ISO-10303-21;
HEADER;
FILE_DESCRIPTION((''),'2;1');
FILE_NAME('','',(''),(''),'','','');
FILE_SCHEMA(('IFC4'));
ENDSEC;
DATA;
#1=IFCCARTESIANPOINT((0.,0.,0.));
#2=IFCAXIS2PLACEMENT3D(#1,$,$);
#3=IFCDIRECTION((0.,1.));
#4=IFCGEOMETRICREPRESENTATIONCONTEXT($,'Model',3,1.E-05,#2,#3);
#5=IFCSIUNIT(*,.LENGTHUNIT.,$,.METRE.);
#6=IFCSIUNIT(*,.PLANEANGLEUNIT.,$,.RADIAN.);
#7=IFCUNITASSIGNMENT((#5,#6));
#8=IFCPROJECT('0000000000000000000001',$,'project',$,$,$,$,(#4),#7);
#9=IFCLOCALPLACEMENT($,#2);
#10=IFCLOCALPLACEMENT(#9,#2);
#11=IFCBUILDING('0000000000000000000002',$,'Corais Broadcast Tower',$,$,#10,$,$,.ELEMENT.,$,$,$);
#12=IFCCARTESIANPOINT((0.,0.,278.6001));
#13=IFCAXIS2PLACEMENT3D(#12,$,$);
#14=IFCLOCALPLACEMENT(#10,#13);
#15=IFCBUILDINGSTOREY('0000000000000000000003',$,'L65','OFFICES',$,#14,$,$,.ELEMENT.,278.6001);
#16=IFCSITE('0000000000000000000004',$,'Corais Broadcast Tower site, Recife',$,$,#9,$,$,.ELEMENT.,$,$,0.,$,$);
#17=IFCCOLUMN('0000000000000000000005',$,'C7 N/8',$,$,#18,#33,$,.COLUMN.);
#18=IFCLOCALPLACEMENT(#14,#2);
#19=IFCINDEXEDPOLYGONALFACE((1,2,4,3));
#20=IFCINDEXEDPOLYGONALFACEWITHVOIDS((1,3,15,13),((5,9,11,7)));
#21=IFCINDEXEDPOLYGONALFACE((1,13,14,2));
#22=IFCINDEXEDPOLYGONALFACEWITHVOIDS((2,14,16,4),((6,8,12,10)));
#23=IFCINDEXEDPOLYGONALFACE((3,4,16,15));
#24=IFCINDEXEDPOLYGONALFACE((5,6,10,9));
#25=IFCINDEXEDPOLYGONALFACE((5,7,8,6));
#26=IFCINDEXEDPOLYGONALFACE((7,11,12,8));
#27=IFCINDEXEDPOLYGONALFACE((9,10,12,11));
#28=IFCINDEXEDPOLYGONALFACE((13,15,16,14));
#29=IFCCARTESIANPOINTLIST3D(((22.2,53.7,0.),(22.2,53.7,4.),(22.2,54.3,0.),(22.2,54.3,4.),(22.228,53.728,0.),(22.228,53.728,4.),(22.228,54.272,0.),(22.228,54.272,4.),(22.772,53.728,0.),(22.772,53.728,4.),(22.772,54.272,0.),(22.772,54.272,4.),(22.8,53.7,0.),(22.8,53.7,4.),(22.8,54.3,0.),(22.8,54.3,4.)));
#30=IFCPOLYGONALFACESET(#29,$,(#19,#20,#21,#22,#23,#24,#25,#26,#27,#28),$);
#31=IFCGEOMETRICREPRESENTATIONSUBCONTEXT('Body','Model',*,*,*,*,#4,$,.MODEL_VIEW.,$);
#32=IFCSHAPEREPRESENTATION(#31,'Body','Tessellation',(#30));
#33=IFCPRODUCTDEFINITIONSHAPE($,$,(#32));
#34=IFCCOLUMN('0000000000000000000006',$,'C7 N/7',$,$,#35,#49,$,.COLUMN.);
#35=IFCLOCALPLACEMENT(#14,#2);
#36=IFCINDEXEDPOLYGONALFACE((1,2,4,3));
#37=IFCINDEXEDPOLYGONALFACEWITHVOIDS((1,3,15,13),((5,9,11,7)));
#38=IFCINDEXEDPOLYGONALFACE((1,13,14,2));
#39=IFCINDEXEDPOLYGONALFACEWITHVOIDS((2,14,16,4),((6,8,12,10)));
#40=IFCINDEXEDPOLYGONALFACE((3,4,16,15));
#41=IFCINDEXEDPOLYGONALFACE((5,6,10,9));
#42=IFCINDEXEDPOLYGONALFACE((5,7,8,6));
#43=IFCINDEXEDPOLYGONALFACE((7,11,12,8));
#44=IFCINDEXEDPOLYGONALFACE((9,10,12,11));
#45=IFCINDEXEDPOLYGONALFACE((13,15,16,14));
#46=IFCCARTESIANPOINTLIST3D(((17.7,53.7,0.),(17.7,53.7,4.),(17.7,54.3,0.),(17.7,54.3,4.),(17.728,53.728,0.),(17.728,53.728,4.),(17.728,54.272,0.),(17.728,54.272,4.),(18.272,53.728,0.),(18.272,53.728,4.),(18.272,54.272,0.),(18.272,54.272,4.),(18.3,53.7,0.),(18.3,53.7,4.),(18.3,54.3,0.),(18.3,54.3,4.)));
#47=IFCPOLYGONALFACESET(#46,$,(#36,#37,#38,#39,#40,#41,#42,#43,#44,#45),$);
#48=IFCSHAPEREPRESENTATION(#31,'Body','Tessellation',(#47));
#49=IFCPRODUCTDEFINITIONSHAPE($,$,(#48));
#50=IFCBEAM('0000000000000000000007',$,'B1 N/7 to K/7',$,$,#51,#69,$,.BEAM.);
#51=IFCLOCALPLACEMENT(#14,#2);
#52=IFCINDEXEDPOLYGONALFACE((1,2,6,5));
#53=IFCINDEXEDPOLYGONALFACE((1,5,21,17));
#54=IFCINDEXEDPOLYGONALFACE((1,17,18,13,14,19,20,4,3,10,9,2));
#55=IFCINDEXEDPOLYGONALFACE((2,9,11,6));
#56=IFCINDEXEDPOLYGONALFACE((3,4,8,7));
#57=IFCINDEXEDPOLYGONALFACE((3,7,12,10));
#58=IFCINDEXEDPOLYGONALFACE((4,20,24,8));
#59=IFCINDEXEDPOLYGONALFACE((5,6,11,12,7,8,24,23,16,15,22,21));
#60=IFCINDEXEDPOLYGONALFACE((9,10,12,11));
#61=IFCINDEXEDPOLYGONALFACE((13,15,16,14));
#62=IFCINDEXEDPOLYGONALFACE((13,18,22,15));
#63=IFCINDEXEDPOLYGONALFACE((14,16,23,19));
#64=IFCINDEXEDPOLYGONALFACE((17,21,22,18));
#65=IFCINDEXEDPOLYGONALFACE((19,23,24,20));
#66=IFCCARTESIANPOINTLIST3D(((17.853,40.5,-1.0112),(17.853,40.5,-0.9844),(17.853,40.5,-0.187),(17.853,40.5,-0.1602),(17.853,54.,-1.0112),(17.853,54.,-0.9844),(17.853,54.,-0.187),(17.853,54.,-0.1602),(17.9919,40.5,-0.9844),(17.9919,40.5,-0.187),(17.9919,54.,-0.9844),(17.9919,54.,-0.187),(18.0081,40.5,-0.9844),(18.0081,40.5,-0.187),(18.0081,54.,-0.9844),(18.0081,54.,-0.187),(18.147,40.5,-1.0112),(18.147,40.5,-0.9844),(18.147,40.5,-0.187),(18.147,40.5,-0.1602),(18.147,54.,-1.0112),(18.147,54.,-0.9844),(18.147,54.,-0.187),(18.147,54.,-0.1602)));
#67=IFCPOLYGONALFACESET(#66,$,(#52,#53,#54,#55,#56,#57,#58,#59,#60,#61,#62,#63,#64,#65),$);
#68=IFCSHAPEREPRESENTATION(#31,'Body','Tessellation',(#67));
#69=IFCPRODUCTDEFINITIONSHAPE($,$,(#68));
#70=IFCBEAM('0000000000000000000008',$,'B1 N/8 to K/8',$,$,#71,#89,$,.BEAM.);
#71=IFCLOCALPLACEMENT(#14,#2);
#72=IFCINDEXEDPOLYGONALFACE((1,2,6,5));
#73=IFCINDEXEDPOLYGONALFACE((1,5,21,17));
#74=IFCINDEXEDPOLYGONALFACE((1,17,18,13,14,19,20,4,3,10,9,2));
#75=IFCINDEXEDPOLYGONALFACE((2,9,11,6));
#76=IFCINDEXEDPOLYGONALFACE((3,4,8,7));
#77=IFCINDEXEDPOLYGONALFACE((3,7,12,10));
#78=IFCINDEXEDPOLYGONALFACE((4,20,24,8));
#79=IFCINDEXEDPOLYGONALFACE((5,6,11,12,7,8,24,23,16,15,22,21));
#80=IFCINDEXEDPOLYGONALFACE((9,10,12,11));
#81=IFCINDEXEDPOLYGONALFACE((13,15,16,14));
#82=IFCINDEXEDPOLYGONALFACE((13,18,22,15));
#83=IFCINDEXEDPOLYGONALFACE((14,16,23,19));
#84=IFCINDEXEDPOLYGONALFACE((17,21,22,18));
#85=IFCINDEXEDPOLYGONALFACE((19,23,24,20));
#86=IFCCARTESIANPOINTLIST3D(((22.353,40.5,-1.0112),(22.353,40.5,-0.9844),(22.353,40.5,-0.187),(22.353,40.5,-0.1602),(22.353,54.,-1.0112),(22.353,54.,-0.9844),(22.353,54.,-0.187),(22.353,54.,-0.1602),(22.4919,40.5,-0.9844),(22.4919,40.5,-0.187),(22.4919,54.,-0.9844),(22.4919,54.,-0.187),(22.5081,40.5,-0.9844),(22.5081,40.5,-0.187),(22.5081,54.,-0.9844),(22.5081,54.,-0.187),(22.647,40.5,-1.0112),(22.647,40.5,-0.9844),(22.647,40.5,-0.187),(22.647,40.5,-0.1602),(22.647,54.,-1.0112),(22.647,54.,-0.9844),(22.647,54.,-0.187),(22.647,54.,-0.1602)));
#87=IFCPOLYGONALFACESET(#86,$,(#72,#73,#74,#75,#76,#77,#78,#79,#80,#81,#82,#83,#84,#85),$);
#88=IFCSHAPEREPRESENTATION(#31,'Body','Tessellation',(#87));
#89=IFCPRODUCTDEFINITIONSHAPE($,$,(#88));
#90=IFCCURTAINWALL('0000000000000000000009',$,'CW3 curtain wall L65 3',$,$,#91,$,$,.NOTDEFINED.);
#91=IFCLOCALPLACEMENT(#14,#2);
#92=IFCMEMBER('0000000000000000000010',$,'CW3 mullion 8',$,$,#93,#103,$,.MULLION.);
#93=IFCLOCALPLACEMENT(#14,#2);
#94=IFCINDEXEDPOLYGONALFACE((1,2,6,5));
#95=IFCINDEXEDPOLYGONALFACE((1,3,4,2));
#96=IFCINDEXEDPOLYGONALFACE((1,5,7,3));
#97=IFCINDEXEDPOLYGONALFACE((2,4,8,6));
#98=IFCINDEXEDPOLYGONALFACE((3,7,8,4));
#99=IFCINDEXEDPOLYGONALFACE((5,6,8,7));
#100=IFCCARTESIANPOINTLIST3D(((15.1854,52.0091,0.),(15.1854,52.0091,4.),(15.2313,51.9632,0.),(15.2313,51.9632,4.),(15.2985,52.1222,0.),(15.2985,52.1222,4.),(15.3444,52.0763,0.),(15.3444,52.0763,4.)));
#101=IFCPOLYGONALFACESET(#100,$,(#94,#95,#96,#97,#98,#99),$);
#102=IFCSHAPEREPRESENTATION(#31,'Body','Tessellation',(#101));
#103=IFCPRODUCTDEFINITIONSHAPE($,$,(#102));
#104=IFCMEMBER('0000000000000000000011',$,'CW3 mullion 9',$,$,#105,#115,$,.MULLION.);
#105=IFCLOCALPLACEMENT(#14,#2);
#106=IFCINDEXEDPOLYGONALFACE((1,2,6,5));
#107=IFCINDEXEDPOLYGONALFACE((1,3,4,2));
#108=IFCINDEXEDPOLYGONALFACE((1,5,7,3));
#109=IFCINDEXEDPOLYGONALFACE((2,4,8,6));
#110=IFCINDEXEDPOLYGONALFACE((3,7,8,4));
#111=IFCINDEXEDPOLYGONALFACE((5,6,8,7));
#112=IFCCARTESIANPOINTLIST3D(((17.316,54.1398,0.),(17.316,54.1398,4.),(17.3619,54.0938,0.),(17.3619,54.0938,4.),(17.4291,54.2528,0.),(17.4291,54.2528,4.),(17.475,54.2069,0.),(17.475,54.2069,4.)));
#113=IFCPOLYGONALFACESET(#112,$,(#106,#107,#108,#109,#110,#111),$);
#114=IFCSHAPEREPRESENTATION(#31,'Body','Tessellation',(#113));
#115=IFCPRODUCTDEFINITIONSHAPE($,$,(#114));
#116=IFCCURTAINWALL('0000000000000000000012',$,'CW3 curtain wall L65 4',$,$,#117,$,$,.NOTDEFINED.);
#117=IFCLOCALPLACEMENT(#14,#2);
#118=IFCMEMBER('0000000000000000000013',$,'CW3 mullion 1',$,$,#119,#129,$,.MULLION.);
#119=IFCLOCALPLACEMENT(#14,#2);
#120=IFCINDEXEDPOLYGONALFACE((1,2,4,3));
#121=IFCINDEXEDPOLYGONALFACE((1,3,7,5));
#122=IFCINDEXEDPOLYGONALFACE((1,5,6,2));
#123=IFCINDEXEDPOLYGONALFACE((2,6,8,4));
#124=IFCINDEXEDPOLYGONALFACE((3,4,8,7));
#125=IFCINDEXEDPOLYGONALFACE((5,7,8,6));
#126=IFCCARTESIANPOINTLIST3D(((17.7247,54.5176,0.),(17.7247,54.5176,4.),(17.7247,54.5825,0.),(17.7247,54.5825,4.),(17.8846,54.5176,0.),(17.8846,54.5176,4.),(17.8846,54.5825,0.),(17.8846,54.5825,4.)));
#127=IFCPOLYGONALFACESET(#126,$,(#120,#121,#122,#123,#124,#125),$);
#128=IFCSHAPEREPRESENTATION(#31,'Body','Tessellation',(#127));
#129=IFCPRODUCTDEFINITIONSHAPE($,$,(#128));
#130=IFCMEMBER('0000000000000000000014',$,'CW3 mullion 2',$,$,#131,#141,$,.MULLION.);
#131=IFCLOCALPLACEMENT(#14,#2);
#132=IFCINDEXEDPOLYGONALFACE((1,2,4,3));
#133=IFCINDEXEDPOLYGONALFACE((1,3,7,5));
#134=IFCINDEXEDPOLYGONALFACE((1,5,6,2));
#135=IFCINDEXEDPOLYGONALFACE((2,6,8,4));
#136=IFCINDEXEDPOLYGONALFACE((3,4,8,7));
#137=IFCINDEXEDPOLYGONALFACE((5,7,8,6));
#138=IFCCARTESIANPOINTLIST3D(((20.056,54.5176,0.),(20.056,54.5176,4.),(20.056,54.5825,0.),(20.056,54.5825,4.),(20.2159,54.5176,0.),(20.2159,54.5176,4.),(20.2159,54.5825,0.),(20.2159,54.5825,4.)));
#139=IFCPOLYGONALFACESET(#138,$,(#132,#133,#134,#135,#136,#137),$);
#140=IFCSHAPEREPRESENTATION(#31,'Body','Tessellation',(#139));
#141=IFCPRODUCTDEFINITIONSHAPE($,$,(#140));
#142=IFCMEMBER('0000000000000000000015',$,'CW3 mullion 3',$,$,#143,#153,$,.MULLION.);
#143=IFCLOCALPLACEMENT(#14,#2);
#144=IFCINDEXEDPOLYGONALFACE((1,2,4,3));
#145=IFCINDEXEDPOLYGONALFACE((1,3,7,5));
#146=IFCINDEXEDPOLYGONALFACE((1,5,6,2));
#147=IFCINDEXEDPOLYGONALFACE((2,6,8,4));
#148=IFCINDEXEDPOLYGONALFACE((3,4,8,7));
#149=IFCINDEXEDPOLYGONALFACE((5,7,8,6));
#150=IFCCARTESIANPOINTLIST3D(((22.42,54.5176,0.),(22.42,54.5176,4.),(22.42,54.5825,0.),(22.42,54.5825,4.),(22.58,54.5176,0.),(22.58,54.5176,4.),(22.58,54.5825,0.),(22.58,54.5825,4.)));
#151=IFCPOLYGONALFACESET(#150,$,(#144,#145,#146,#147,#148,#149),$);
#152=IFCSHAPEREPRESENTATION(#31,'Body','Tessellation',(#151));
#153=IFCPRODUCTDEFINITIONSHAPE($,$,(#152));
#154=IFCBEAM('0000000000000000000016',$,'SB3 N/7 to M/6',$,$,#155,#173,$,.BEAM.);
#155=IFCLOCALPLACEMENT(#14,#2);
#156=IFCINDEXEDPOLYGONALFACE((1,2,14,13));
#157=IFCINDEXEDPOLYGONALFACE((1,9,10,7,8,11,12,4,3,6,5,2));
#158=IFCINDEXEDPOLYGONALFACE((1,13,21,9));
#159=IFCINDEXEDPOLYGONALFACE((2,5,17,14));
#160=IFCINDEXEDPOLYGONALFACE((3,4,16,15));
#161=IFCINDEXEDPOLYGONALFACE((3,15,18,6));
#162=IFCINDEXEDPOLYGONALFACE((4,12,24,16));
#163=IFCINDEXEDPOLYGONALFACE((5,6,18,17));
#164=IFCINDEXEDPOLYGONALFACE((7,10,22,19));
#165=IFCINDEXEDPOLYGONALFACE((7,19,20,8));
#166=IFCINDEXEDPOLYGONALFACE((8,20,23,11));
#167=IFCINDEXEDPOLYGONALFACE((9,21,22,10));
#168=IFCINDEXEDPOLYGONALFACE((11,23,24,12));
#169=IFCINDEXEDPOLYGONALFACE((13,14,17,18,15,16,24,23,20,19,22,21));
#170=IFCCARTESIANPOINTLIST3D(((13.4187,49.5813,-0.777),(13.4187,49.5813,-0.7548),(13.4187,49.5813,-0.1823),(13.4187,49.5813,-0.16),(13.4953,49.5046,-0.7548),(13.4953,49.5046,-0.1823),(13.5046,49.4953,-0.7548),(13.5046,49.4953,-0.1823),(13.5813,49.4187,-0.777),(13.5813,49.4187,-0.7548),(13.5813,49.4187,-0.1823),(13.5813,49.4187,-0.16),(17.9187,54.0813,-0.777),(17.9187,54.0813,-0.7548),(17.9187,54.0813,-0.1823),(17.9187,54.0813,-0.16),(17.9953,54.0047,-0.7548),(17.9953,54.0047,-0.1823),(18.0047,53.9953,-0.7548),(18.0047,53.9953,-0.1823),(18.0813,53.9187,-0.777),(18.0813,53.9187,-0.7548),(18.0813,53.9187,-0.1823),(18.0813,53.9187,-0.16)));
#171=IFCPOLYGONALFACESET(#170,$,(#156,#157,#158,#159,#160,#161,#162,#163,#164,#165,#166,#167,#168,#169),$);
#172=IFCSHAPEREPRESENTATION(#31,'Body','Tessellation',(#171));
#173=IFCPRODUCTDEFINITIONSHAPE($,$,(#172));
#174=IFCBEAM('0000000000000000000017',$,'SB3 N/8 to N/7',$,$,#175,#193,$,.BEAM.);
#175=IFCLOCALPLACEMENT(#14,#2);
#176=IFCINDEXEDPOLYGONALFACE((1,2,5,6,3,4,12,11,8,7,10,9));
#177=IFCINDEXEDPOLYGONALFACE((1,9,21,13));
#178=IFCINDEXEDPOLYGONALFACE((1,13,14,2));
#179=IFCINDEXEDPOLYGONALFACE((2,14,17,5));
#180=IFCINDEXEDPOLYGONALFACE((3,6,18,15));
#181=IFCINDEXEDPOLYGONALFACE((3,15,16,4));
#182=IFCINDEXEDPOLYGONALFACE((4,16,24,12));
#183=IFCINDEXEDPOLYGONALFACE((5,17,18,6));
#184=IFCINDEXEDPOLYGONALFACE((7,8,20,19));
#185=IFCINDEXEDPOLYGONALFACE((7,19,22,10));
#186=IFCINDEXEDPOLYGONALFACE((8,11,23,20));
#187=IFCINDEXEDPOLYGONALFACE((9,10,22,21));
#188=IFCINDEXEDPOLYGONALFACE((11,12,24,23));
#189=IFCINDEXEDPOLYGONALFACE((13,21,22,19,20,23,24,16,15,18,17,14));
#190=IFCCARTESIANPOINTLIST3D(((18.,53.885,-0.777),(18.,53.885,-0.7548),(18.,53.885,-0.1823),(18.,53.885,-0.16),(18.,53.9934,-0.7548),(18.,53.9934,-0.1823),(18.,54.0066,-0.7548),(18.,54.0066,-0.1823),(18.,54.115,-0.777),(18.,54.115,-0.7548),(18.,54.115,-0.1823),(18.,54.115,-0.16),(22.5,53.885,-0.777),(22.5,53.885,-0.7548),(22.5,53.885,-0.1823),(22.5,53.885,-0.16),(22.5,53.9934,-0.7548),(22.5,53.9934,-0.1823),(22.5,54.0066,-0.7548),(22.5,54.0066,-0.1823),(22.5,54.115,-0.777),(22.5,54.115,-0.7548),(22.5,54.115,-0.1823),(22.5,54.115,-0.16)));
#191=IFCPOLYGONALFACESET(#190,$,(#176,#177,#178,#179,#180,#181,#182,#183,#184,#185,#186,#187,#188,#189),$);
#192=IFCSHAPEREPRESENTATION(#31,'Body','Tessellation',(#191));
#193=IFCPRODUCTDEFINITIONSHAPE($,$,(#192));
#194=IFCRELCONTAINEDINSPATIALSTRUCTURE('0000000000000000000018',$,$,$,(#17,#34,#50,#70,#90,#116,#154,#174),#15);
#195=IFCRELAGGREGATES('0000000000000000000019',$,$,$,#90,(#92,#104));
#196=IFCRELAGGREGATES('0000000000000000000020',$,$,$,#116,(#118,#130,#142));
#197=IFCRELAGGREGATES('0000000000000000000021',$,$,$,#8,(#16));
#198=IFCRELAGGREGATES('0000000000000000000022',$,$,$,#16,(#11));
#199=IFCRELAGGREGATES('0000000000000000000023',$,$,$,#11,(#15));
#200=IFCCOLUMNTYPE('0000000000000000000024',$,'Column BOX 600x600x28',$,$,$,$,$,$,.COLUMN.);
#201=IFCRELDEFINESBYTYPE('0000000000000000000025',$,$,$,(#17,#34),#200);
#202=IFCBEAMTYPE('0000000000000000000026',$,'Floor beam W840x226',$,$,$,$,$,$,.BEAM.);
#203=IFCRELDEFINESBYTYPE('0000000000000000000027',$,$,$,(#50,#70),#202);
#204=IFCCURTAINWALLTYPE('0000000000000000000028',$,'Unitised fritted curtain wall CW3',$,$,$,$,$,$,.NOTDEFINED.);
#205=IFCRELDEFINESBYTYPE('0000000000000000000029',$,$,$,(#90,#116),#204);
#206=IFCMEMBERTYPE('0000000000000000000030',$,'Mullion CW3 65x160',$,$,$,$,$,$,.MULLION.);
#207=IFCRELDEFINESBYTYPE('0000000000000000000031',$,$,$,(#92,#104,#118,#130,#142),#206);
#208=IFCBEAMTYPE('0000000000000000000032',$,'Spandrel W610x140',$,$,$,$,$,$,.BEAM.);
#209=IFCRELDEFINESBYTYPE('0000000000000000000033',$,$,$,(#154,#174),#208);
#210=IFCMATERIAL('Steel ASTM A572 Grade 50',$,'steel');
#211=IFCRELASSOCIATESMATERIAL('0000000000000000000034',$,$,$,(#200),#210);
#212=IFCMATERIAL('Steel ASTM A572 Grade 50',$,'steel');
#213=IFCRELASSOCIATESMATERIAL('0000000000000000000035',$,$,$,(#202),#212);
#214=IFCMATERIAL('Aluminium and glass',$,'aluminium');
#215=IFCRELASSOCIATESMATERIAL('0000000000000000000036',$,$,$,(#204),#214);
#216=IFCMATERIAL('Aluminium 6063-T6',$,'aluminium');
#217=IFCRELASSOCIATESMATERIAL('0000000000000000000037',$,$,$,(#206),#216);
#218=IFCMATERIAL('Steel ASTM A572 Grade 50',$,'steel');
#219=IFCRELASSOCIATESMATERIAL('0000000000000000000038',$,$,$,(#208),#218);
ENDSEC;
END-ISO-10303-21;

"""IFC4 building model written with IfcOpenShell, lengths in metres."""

from ifc_helpers import new_model, si_unit, direction, frame, origin, origin_2d, place, context, subcontext, project, spatial, rectangle, hollow_rectangle, i_section, extrude, material, material_profile, profile_set, type_object, element, aggregate, save


model = new_model("IFC4")

# Units and contexts
model_context = context("Model", 3, precision=1e-05, world=origin(), true_north=direction((0.0, 1.0)))
body_context = subcontext(model_context, "Body", "Model", "MODEL_VIEW")
ifc_project = project(units=[si_unit("LENGTHUNIT", "METRE"), si_unit("PLANEANGLEUNIT", "RADIAN")], contexts=[model_context])

# Site, building, storey
site_placement = place(None, origin())
site = spatial("IfcSite", under=ifc_project, at=site_placement, Name="Corais Broadcast Tower site, Recife", CompositionType="ELEMENT", RefElevation=0.0)
building_placement = place(site_placement, origin())
building = spatial("IfcBuilding", under=site, at=building_placement, Name="Corais Broadcast Tower", CompositionType="ELEMENT")
storey_placement = place(building_placement, frame((0.0, 0.0, 278.6001)))
storey = spatial("IfcBuildingStorey", under=building, at=storey_placement, Name="L65", Description="OFFICES", CompositionType="ELEMENT", Elevation=278.6001)

# Columns
ifc_material_1 = material(Name="Steel ASTM A572 Grade 50", Category="steel")
ifc_material_profile_1 = material_profile(ifc_material_1, hollow_rectangle(XDim=0.6001, YDim=0.6001, WallThickness=0.0281, at=origin_2d()), Name="BOX 600x600x28")
ifc_profile_set_1 = profile_set([ifc_material_profile_1], Name="Steel ASTM A572 Grade 50")
column_type = type_object("IfcColumnType", Name="Column BOX 600x600x28", PredefinedType="COLUMN", material=ifc_profile_set_1)
for number, where, z_axis, x_axis, name in (
    (1, (22.5, 54.0, 0.0), (0.0, 0.0, 1.0), (1.0, 0.0, 0.0), "C7 N/8"),
    (2, (18.0, 54.0, 0.0), (0.0, 0.0, 1.0), (1.0, 0.0, 0.0), "C7 N/7"),
):
    element("IfcColumn", number, at=place(storey_placement, frame(where, z_axis=z_axis, x_axis=x_axis)), inside=storey, type_object=column_type, Name=name, PredefinedType="COLUMN", context=body_context, shape_type="SweptSolid", body=[
        extrude(hollow_rectangle(XDim=0.6001, YDim=0.6001, WallThickness=0.0281, at=origin_2d()), origin(), (0.0, 0.0, 1.0), 4.0),
    ])

# Beams
ifc_material_2 = material(Name="Steel ASTM A572 Grade 50", Category="steel")
ifc_material_profile_2 = material_profile(ifc_material_2, i_section(OverallWidth=0.2939, OverallDepth=0.8511, WebThickness=0.0161, FlangeThickness=0.0269, at=origin_2d()), Name="W840x226")
ifc_profile_set_2 = profile_set([ifc_material_profile_2], Name="Steel ASTM A572 Grade 50")
beam_type_1 = type_object("IfcBeamType", Name="Floor beam W840x226", PredefinedType="BEAM", material=ifc_profile_set_2)
for number, where, z_axis, x_axis, name in (
    (3, (18.0, 54.0, -0.5857), (0.0, -1.0, 0.0), (1.0, 0.0, 0.0), "B1 N/7 to K/7"),
    (4, (22.5, 54.0, -0.5857), (0.0, -1.0, 0.0), (1.0, 0.0, 0.0), "B1 N/8 to K/8"),
):
    element("IfcBeam", number, at=place(storey_placement, frame(where, z_axis=z_axis, x_axis=x_axis)), inside=storey, type_object=beam_type_1, Name=name, PredefinedType="BEAM", context=body_context, shape_type="SweptSolid", body=[
        extrude(i_section(OverallWidth=0.2939, OverallDepth=0.8511, WebThickness=0.0161, FlangeThickness=0.0269, at=origin_2d()), origin(), (0.0, 0.0, 1.0), 13.5),
    ])

# Curtain walls, members
ifc_material_3 = material(Name="Aluminium and glass", Category="aluminium")
curtain_wall_type = type_object("IfcCurtainWallType", Name="Unitised fritted curtain wall CW3", PredefinedType="NOTDEFINED", material=ifc_material_3)
curtain_wall_1_placement = place(storey_placement, origin())
curtain_wall_1 = element("IfcCurtainWall", 5, at=curtain_wall_1_placement, inside=storey, type_object=curtain_wall_type, Name="CW3 curtain wall L65 3", PredefinedType="NOTDEFINED")
ifc_material_4 = material(Name="Aluminium 6063-T6", Category="aluminium")
ifc_material_profile_3 = material_profile(ifc_material_4, rectangle(XDim=0.0649, YDim=0.1599, at=origin_2d()), Name="Mullion CW3 65x160")
ifc_profile_set_3 = profile_set([ifc_material_profile_3], Name="Aluminium 6063-T6")
member_type_1 = type_object("IfcMemberType", Name="Mullion CW3 65x160", PredefinedType="MULLION", material=ifc_profile_set_3)
member_1_placement = place(storey_placement, frame((15.2649, 52.0427, 0.0), z_axis=(0.0, 0.0, 1.0), x_axis=(-0.707107, 0.707107, 0.0)))
member_1 = element("IfcMember", 6, at=member_1_placement, type_object=member_type_1, Name="CW3 mullion 8", PredefinedType="MULLION", context=body_context, shape_type="SweptSolid", body=[
    extrude(rectangle(XDim=0.0649, YDim=0.1599, at=origin_2d()), origin(), (0.0, 0.0, 1.0), 4.0),
])
member_2_placement = place(storey_placement, frame((17.3955, 54.1733, 0.0), z_axis=(0.0, 0.0, 1.0), x_axis=(-0.707107, 0.707107, 0.0)))
member_2 = element("IfcMember", 7, at=member_2_placement, type_object=member_type_1, Name="CW3 mullion 9", PredefinedType="MULLION", context=body_context, shape_type="SweptSolid", body=[
    extrude(rectangle(XDim=0.0649, YDim=0.1599, at=origin_2d()), origin(), (0.0, 0.0, 1.0), 4.0),
])
curtain_wall_2_placement = place(storey_placement, origin())
curtain_wall_2 = element("IfcCurtainWall", 8, at=curtain_wall_2_placement, inside=storey, type_object=curtain_wall_type, Name="CW3 curtain wall L65 4", PredefinedType="NOTDEFINED")
member_3_placement = place(storey_placement, frame((17.8047, 54.55, 0.0), z_axis=(0.0, 0.0, 1.0), x_axis=(0.0, 1.0, 0.0)))
member_3 = element("IfcMember", 9, at=member_3_placement, type_object=member_type_1, Name="CW3 mullion 1", PredefinedType="MULLION", context=body_context, shape_type="SweptSolid", body=[
    extrude(rectangle(XDim=0.0649, YDim=0.1599, at=origin_2d()), origin(), (0.0, 0.0, 1.0), 4.0),
])
member_4_placement = place(storey_placement, frame((20.136, 54.55, 0.0), z_axis=(0.0, 0.0, 1.0), x_axis=(0.0, 1.0, 0.0)))
member_4 = element("IfcMember", 10, at=member_4_placement, type_object=member_type_1, Name="CW3 mullion 2", PredefinedType="MULLION", context=body_context, shape_type="SweptSolid", body=[
    extrude(rectangle(XDim=0.0649, YDim=0.1599, at=origin_2d()), origin(), (0.0, 0.0, 1.0), 4.0),
])
member_5_placement = place(storey_placement, frame((22.5, 54.55, 0.0), z_axis=(0.0, 0.0, 1.0), x_axis=(0.0, 1.0, 0.0)))
member_5 = element("IfcMember", 11, at=member_5_placement, type_object=member_type_1, Name="CW3 mullion 3", PredefinedType="MULLION", context=body_context, shape_type="SweptSolid", body=[
    extrude(rectangle(XDim=0.0649, YDim=0.1599, at=origin_2d()), origin(), (0.0, 0.0, 1.0), 4.0),
])

# Beams
ifc_material_5 = material(Name="Steel ASTM A572 Grade 50", Category="steel")
ifc_material_profile_4 = material_profile(ifc_material_5, i_section(OverallWidth=0.23, OverallDepth=0.6169, WebThickness=0.0132, FlangeThickness=0.0222, at=origin_2d()), Name="W610x140")
ifc_profile_set_4 = profile_set([ifc_material_profile_4], Name="Steel ASTM A572 Grade 50")
beam_type_2 = type_object("IfcBeamType", Name="Spandrel W610x140", PredefinedType="BEAM", material=ifc_profile_set_4)
beam_1_placement = place(storey_placement, frame((18.0, 54.0, -0.4685), z_axis=(-0.707107, -0.707107, 0.0), x_axis=(0.707107, -0.707107, 0.0)))
element("IfcBeam", 12, at=beam_1_placement, inside=storey, type_object=beam_type_2, Name="SB3 N/7 to M/6", PredefinedType="BEAM", context=body_context, shape_type="SweptSolid", body=[
    extrude(i_section(OverallWidth=0.23, OverallDepth=0.6169, WebThickness=0.0132, FlangeThickness=0.0222, at=origin_2d()), origin(), (0.0, 0.0, 1.0), 6.364),
])
beam_2_placement = place(storey_placement, frame((22.5, 54.0, -0.4685), z_axis=(-1.0, 0.0, 0.0), x_axis=(0.0, -1.0, 0.0)))
element("IfcBeam", 13, at=beam_2_placement, inside=storey, type_object=beam_type_2, Name="SB3 N/8 to N/7", PredefinedType="BEAM", context=body_context, shape_type="SweptSolid", body=[
    extrude(i_section(OverallWidth=0.23, OverallDepth=0.6169, WebThickness=0.0132, FlangeThickness=0.0222, at=origin_2d()), origin(), (0.0, 0.0, 1.0), 4.5),
])

aggregate(curtain_wall_1, [member_1, member_2])
aggregate(curtain_wall_2, [member_3, member_4, member_5])

save(model, "model.ifc")
